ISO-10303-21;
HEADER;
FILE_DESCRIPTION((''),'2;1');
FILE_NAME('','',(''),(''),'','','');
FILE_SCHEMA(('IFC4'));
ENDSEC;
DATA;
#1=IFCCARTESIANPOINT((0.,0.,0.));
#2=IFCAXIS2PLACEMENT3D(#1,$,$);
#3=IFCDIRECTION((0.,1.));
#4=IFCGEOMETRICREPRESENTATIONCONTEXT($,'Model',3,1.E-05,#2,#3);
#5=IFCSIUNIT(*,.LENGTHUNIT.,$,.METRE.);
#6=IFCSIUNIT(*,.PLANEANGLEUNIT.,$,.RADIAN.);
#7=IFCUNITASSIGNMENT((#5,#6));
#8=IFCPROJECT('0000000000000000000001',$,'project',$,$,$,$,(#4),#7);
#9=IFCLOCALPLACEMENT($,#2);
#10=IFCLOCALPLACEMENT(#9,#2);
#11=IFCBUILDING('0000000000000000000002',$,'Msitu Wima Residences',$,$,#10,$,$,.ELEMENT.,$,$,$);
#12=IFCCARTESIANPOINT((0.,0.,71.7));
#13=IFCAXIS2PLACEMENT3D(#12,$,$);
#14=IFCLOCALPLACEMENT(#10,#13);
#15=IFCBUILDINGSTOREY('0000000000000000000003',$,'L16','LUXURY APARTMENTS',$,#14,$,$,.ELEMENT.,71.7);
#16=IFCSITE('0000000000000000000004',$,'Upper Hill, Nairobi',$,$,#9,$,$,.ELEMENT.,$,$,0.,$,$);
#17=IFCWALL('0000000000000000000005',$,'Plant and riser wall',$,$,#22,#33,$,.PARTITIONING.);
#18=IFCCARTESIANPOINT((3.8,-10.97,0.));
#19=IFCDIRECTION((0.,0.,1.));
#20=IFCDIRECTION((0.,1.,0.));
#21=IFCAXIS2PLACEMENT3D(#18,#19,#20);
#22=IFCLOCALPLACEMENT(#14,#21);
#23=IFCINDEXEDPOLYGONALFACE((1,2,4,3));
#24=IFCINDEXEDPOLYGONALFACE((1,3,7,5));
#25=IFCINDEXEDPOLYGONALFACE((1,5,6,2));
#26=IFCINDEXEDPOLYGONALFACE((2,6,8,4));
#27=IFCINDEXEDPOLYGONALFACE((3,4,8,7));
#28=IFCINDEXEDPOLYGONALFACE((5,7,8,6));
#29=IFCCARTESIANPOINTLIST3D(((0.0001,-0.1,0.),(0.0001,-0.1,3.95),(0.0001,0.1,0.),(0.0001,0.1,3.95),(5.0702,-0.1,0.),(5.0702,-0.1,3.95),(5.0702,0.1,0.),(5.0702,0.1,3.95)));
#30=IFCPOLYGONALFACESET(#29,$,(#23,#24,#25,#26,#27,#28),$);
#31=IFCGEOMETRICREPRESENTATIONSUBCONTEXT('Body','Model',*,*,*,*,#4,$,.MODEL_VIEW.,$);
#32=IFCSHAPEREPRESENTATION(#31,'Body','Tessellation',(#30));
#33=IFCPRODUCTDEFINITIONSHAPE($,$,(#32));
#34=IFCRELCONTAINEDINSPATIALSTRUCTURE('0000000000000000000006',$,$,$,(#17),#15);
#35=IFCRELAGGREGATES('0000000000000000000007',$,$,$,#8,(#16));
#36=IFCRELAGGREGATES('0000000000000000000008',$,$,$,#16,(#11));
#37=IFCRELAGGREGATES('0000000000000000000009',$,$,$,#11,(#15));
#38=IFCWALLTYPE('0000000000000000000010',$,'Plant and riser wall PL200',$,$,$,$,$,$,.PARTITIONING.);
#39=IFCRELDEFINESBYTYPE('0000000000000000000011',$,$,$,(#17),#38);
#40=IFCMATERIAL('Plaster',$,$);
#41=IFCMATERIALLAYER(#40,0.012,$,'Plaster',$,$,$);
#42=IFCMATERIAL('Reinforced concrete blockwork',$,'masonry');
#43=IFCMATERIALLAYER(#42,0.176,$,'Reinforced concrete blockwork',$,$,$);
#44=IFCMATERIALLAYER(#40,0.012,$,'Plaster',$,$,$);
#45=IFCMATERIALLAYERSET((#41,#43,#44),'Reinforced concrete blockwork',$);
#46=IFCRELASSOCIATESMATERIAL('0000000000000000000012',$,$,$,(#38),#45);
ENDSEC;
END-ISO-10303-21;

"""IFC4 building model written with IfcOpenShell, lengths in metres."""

from ifc_helpers import new_model, si_unit, direction, frame, frame_2d, origin, place, context, subcontext, project, spatial, rectangle, extrude, material, layer, layer_set, type_object, element, save


model = new_model("IFC4")

# Units and contexts
model_context = context("Model", 3, precision=1e-05, world=origin(), true_north=direction((0.0, 1.0)))
body_context = subcontext(model_context, "Body", "Model", "MODEL_VIEW")
ifc_project = project(units=[si_unit("LENGTHUNIT", "METRE"), si_unit("PLANEANGLEUNIT", "RADIAN")], contexts=[model_context])

# Site, building, storey
site_placement = place(None, origin())
site = spatial("IfcSite", under=ifc_project, at=site_placement, Name="Upper Hill, Nairobi", CompositionType="ELEMENT", RefElevation=0.0)
building_placement = place(site_placement, origin())
building = spatial("IfcBuilding", under=site, at=building_placement, Name="Msitu Wima Residences", CompositionType="ELEMENT")
storey_placement = place(building_placement, frame((0.0, 0.0, 71.7)))
storey = spatial("IfcBuildingStorey", under=building, at=storey_placement, Name="L16", Description="LUXURY APARTMENTS", CompositionType="ELEMENT", Elevation=71.7)

# Shared definitions
ifc_material_1 = material(Name="Plaster")

# Wall
ifc_layer_1 = layer(ifc_material_1, 0.012, Name="Plaster")
ifc_material_2 = material(Name="Reinforced concrete blockwork", Category="masonry")
ifc_layer_2 = layer(ifc_material_2, 0.176, Name="Reinforced concrete blockwork")
ifc_layer_3 = layer(ifc_material_1, 0.012, Name="Plaster")
ifc_layer_set_1 = layer_set([ifc_layer_1, ifc_layer_2, ifc_layer_3], Name="Reinforced concrete blockwork")
wall_type_1 = type_object("IfcWallType", Name="Plant and riser wall PL200", PredefinedType="PARTITIONING", material=ifc_layer_set_1)
wall_1_placement = place(storey_placement, frame((3.8, -10.97, 0.0), z_axis=(0.0, 0.0, 1.0), x_axis=(0.0, 1.0, 0.0)))
element("IfcWall", 1, at=wall_1_placement, inside=storey, type_object=wall_type_1, Name="Plant and riser wall", PredefinedType="PARTITIONING", context=body_context, shape_type="SweptSolid", body=[
    extrude(rectangle(XDim=5.0701, YDim=0.2, at=frame_2d((2.5352, 0.0))), origin(), (0.0, 0.0, 1.0), 3.95),
])

save(model, "model.ifc")
